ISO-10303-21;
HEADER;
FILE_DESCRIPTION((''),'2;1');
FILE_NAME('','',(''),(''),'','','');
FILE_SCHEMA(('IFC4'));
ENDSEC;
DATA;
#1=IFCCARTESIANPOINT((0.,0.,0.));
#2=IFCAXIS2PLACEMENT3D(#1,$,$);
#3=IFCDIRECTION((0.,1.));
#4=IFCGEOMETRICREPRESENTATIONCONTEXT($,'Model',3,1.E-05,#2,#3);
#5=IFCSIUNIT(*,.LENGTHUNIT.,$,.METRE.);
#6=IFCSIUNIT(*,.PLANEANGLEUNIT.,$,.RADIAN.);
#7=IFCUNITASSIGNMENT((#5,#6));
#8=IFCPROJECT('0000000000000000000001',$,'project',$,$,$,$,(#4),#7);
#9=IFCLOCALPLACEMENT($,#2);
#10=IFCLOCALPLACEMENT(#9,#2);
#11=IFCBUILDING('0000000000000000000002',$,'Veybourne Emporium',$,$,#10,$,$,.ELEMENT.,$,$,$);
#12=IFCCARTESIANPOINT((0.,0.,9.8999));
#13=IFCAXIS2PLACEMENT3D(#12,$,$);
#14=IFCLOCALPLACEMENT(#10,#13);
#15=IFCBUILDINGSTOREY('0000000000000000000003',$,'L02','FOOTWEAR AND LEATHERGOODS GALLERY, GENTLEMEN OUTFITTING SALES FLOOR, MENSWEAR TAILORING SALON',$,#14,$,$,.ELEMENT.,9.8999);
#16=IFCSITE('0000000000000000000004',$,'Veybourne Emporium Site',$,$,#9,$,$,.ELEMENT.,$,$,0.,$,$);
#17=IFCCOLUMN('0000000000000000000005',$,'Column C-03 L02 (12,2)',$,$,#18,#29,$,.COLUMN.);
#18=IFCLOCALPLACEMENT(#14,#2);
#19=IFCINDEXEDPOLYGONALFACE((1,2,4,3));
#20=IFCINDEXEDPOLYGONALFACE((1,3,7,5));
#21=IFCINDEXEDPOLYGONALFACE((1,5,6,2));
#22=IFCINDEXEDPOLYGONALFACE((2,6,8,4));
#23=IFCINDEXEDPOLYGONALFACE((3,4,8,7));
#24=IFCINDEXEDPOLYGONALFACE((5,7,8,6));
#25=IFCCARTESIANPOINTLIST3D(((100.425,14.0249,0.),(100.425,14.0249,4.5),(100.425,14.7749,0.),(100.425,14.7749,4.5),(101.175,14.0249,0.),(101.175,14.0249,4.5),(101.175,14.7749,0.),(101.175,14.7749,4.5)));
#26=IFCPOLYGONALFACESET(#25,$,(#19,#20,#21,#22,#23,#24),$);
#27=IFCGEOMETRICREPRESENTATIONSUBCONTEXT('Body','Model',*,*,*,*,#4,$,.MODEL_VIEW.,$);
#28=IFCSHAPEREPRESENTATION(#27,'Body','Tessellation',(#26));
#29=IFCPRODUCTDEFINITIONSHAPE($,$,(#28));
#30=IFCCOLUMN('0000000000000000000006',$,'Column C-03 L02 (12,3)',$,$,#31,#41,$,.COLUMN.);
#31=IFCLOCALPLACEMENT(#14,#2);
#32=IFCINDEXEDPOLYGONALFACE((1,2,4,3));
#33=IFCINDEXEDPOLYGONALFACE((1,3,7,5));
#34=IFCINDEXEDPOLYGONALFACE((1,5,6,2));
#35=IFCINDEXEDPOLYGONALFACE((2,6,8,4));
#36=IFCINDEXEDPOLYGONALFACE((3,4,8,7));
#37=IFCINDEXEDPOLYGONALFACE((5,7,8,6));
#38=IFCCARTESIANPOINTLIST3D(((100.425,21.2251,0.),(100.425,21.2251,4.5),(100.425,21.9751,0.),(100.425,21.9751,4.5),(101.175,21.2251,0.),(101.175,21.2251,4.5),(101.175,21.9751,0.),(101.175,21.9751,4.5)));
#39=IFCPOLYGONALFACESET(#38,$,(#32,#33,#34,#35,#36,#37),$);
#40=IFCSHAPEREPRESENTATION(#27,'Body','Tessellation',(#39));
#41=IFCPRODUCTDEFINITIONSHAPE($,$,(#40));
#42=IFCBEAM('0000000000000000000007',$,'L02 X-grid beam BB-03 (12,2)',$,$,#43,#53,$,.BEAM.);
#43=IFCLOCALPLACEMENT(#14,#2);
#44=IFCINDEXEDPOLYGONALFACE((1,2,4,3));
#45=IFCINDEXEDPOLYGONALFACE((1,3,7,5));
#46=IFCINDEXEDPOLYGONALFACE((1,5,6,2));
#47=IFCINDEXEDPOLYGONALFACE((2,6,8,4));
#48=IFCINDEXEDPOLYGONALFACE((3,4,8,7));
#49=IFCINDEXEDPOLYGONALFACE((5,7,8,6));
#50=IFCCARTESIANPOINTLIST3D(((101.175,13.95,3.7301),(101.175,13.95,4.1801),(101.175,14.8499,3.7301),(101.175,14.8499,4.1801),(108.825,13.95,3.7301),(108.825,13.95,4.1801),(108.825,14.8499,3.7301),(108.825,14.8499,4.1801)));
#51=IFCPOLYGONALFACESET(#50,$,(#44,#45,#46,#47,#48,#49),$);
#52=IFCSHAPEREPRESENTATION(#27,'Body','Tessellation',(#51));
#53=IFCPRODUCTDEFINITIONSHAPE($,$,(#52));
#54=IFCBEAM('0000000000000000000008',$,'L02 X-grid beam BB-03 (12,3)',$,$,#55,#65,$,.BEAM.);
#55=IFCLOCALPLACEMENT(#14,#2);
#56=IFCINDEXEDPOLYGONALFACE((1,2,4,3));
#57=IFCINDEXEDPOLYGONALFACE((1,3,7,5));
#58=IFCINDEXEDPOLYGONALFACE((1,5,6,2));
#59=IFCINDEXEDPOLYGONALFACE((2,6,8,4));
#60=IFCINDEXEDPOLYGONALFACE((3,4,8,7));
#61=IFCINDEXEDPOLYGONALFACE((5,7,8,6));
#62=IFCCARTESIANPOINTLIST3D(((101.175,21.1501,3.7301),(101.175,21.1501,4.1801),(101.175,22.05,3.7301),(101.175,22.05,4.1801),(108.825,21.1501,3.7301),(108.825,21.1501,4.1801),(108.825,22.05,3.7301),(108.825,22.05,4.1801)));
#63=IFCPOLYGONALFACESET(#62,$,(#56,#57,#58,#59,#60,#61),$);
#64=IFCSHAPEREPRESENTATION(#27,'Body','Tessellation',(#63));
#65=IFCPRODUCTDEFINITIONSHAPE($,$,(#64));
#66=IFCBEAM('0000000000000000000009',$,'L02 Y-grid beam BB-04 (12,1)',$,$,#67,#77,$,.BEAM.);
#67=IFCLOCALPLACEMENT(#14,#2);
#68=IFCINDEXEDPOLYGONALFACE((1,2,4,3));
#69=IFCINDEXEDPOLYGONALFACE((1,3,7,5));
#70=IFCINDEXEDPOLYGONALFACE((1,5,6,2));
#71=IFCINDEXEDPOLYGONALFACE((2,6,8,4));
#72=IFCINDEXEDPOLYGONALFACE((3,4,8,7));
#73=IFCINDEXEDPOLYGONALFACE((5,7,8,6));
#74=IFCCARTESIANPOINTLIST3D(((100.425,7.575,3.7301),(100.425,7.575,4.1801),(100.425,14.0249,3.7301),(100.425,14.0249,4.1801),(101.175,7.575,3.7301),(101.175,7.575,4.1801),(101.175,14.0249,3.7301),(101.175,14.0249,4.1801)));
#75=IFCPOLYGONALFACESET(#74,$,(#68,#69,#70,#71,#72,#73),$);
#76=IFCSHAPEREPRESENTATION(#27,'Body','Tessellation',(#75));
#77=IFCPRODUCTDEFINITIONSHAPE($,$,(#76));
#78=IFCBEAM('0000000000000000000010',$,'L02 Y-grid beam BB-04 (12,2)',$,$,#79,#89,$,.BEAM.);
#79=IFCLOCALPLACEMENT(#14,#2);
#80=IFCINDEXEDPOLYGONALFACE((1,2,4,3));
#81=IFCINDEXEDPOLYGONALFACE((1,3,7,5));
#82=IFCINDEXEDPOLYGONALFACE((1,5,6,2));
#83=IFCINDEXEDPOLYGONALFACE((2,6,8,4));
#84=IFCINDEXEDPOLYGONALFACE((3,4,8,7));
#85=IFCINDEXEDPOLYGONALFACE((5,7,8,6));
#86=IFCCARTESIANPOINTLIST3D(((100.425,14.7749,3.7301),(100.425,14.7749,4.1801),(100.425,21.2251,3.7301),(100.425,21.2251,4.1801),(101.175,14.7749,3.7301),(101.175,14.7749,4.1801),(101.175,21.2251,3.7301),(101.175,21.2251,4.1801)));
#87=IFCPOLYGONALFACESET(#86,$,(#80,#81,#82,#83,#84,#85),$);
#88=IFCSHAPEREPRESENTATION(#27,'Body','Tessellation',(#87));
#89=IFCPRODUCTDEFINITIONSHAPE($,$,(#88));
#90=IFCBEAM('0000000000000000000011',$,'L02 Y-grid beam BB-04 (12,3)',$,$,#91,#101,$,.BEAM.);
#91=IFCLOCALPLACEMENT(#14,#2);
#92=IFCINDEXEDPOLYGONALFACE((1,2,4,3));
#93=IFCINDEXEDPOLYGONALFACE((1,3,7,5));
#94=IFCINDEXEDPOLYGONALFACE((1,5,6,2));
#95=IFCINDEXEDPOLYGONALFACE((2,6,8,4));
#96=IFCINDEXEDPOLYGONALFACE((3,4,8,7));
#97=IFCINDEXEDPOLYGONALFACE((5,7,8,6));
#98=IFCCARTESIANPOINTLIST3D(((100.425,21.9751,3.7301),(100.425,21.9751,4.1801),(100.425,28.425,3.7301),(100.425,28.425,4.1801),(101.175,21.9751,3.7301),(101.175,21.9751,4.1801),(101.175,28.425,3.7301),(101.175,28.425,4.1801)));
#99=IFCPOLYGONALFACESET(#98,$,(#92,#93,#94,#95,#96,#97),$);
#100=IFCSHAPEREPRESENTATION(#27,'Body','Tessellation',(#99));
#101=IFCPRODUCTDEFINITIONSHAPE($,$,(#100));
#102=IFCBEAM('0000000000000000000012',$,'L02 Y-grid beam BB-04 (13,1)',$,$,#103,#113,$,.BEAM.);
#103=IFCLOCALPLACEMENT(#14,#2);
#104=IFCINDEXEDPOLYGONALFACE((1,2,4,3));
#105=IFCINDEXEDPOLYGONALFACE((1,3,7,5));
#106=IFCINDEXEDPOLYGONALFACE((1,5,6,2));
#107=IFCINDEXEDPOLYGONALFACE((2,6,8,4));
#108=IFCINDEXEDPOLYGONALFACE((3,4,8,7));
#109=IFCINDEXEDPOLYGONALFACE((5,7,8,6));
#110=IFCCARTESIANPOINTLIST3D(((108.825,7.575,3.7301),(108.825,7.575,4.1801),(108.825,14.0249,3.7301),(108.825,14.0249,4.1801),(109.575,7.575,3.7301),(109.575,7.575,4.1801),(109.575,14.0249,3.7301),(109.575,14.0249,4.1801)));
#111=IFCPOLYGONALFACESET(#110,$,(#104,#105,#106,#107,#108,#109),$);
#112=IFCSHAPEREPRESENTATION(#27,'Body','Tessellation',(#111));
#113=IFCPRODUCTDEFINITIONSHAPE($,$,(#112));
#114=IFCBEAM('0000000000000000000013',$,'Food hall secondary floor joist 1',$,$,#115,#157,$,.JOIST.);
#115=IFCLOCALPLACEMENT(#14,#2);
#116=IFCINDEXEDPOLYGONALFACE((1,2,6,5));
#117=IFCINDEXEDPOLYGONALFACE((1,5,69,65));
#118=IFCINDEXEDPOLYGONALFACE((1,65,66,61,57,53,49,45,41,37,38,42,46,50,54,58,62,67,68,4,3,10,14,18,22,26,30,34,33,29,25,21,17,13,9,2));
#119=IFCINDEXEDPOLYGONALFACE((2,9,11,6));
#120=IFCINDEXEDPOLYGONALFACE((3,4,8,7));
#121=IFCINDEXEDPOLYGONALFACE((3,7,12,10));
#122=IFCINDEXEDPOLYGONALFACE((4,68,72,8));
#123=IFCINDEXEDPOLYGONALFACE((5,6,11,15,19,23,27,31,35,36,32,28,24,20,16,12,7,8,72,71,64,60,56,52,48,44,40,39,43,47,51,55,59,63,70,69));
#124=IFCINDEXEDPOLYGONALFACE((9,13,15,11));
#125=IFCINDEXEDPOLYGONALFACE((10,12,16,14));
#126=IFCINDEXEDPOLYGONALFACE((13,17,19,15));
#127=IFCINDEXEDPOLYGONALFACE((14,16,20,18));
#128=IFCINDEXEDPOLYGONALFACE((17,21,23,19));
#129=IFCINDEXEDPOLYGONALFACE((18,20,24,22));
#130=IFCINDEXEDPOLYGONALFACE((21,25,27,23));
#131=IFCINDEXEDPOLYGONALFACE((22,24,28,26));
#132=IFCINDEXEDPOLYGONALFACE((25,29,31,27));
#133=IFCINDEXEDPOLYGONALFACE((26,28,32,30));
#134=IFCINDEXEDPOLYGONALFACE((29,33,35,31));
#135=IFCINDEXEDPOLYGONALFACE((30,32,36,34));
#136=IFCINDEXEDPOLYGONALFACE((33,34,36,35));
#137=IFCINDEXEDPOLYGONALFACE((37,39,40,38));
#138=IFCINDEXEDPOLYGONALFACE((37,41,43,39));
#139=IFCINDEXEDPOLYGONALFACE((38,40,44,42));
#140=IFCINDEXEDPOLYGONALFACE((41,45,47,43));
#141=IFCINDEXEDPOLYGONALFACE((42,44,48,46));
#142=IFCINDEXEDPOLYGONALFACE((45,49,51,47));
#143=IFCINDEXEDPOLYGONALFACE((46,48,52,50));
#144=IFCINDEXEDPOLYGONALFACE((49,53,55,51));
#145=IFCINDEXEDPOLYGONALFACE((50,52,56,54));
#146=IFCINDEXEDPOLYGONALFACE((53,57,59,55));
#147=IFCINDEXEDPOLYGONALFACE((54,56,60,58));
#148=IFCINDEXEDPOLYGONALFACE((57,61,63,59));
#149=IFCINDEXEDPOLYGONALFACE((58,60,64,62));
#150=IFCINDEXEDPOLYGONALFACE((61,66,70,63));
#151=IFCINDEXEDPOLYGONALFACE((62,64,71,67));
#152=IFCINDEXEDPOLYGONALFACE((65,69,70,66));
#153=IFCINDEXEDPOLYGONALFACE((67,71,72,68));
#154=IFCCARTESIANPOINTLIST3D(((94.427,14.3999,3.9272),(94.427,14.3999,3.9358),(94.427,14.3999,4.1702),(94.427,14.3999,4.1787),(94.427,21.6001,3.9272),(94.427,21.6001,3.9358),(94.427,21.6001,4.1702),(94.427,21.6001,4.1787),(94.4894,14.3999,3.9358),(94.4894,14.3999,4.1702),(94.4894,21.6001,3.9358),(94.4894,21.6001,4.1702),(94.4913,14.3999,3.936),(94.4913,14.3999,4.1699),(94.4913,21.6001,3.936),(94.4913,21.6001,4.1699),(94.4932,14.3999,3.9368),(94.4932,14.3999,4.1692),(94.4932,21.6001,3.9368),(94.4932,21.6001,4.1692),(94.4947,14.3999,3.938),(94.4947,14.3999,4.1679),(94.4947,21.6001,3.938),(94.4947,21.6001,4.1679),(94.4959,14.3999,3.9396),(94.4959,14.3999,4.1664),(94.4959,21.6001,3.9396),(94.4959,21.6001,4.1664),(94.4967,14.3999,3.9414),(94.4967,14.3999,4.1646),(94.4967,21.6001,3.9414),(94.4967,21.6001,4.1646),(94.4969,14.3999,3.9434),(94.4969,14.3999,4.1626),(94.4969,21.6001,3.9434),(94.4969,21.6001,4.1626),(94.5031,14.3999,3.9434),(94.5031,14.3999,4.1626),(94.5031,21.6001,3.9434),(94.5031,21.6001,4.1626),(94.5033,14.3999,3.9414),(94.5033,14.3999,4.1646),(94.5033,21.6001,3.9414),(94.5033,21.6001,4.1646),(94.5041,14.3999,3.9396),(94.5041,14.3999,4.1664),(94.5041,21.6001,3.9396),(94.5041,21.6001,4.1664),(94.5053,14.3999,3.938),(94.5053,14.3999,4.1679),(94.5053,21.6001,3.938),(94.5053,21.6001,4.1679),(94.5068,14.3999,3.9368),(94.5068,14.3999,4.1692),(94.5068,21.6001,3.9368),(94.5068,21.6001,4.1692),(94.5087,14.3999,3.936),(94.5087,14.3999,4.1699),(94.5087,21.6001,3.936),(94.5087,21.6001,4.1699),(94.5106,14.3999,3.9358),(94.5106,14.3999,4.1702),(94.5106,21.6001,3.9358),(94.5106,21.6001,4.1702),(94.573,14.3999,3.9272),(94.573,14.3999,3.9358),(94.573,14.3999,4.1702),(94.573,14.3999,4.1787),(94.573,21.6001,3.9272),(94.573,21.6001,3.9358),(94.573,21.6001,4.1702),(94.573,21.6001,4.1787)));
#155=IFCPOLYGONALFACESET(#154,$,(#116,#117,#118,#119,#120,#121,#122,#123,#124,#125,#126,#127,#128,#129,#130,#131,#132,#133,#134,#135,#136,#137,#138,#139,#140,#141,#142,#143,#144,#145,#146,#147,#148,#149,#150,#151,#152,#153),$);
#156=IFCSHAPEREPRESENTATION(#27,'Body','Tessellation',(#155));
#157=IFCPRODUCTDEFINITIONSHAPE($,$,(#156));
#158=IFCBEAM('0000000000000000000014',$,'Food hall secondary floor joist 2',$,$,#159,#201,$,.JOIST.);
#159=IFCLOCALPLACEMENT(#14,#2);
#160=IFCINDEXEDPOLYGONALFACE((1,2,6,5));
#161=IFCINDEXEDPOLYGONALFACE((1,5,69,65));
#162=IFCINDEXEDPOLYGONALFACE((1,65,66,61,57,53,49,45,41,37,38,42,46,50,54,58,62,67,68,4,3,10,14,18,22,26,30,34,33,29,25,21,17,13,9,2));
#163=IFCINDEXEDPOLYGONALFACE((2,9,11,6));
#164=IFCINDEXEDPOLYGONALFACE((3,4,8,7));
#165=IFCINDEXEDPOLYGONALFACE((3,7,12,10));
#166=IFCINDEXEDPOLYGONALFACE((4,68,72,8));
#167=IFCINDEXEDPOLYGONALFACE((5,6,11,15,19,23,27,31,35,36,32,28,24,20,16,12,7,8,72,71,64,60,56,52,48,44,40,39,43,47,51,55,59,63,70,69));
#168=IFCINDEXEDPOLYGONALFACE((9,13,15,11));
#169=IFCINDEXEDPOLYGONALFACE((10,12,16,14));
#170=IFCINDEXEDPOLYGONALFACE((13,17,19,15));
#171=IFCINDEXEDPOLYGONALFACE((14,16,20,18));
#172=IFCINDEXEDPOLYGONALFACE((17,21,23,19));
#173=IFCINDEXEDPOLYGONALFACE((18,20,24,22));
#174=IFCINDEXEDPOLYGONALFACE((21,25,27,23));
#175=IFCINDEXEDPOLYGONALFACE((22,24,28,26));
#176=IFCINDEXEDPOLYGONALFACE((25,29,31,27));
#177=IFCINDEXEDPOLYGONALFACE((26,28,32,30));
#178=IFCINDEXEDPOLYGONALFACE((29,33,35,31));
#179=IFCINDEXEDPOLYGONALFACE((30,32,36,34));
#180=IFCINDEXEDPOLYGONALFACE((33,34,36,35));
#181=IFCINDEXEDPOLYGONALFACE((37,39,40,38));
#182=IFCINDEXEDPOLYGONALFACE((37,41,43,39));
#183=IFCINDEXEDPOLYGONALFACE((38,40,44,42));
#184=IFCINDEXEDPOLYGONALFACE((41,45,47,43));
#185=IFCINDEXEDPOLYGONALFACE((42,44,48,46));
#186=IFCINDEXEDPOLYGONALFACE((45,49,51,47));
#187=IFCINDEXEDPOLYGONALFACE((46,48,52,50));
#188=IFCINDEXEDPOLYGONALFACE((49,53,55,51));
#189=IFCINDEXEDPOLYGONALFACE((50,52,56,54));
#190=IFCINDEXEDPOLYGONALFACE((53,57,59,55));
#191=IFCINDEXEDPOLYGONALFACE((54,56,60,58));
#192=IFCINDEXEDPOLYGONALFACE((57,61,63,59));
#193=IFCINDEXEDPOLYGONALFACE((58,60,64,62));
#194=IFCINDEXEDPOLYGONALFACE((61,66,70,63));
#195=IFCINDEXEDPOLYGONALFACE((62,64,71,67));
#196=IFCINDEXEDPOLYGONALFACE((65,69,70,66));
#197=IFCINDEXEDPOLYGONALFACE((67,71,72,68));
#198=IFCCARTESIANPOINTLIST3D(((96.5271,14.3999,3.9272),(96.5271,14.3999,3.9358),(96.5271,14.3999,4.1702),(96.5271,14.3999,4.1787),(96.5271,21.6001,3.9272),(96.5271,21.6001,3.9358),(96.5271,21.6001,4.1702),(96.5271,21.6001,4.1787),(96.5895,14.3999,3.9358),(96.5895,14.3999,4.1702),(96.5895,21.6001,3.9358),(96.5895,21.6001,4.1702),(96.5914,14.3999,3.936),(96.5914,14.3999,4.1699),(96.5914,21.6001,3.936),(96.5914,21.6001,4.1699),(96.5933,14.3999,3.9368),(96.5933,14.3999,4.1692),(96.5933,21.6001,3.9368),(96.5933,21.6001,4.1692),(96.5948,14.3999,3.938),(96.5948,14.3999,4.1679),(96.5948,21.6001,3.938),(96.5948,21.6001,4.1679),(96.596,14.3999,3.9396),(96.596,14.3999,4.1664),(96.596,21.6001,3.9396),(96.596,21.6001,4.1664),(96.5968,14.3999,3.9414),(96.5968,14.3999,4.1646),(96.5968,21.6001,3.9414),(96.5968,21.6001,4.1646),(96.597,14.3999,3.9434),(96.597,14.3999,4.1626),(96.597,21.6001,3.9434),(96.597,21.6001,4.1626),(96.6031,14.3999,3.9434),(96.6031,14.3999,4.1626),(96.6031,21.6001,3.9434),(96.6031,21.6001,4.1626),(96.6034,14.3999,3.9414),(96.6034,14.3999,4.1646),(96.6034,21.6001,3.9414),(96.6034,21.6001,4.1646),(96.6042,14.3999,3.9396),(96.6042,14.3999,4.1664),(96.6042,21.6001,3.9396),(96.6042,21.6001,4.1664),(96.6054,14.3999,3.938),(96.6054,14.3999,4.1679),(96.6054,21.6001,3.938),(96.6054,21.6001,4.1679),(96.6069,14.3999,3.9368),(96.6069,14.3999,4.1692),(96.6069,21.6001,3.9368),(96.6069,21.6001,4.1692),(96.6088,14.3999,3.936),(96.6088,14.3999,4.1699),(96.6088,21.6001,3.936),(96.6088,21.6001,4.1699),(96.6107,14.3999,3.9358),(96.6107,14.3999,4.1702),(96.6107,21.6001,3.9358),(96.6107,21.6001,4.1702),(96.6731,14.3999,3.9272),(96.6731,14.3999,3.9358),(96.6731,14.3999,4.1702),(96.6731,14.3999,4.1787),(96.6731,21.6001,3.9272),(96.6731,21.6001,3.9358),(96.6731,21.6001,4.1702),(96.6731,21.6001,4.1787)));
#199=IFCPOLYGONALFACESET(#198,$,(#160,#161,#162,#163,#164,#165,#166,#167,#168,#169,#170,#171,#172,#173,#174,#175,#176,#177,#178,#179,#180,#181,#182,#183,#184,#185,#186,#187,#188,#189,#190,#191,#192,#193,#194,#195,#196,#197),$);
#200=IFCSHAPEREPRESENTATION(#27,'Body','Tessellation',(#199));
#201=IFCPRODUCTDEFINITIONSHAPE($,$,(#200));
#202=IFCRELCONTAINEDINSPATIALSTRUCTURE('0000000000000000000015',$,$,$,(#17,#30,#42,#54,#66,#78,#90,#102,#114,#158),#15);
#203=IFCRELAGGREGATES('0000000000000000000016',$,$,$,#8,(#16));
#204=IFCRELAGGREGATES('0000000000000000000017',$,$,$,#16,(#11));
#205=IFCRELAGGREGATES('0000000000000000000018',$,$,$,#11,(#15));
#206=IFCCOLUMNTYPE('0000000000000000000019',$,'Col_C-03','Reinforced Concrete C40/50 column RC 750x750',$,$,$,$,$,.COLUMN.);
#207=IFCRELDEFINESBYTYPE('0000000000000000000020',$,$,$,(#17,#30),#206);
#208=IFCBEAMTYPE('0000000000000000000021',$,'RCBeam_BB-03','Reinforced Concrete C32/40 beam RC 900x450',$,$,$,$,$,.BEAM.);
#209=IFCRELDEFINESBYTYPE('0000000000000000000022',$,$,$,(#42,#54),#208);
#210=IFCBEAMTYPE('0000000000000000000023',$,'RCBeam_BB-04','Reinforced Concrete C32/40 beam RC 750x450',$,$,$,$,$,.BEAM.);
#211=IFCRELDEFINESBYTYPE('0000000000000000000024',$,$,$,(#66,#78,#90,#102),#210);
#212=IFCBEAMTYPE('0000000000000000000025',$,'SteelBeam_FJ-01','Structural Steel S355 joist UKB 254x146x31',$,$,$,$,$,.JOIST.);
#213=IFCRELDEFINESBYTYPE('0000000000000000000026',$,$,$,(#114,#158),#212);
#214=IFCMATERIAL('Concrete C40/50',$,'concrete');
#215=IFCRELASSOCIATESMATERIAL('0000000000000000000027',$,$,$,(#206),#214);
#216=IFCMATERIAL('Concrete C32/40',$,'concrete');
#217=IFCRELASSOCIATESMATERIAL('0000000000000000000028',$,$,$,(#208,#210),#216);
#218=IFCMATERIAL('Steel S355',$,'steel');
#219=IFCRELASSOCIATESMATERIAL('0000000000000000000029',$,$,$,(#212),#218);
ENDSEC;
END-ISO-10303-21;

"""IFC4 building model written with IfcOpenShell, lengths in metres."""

from ifc_helpers import new_model, si_unit, direction, frame, origin, origin_2d, place, context, subcontext, project, spatial, rectangle, i_section, extrude, material, material_profile, profile_set, type_object, element, save


model = new_model("IFC4")

# Units and contexts
model_context = context("Model", 3, precision=1e-05, world=origin(), true_north=direction((0.0, 1.0)))
body_context = subcontext(model_context, "Body", "Model", "MODEL_VIEW")
ifc_project = project(units=[si_unit("LENGTHUNIT", "METRE"), si_unit("PLANEANGLEUNIT", "RADIAN")], contexts=[model_context])

# Site, building, storey
site_placement = place(None, origin())
site = spatial("IfcSite", under=ifc_project, at=site_placement, Name="Veybourne Emporium Site", CompositionType="ELEMENT", RefElevation=0.0)
building_placement = place(site_placement, origin())
building = spatial("IfcBuilding", under=site, at=building_placement, Name="Veybourne Emporium", CompositionType="ELEMENT")
storey_placement = place(building_placement, frame((0.0, 0.0, 9.8999)))
storey = spatial("IfcBuildingStorey", under=building, at=storey_placement, Name="L02", Description="FOOTWEAR AND LEATHERGOODS GALLERY, GENTLEMEN OUTFITTING SALES FLOOR, MENSWEAR TAILORING SALON", CompositionType="ELEMENT", Elevation=9.8999)

# Columns
ifc_material_1 = material(Name="Concrete C40/50", Category="concrete")
ifc_material_profile_1 = material_profile(ifc_material_1, rectangle(XDim=0.75, YDim=0.75, at=origin_2d()), Name="RC 750x750")
ifc_profile_set_1 = profile_set([ifc_material_profile_1], Name="Concrete C40/50")
column_type = type_object("IfcColumnType", Name="Col_C-03", Description="Reinforced Concrete C40/50 column RC 750x750", PredefinedType="COLUMN", material=ifc_profile_set_1)
for number, where, z_axis, x_axis, name in (
    (1, (100.8, 14.3999, 0.0), (0.0, 0.0, 1.0), (1.0, 0.0, 0.0), "Column C-03 L02 (12,2)"),
    (2, (100.8, 21.6001, 0.0), (0.0, 0.0, 1.0), (1.0, 0.0, 0.0), "Column C-03 L02 (12,3)"),
):
    element("IfcColumn", number, at=place(storey_placement, frame(where, z_axis=z_axis, x_axis=x_axis)), inside=storey, type_object=column_type, Name=name, PredefinedType="COLUMN", context=body_context, shape_type="SweptSolid", body=[
        extrude(rectangle(XDim=0.75, YDim=0.75, at=origin_2d()), origin(), (0.0, 0.0, 1.0), 4.5),
    ])

# Beams
ifc_material_2 = material(Name="Concrete C32/40", Category="concrete")
ifc_material_profile_2 = material_profile(ifc_material_2, rectangle(XDim=0.8999, YDim=0.45, at=origin_2d()), Name="RC 900x450")
ifc_profile_set_2 = profile_set([ifc_material_profile_2], Name="Concrete C32/40")
beam_type_1 = type_object("IfcBeamType", Name="RCBeam_BB-03", Description="Reinforced Concrete C32/40 beam RC 900x450", PredefinedType="BEAM", material=ifc_profile_set_2)
for number, where, z_axis, x_axis, name in (
    (3, (101.175, 14.3999, 3.9551), (1.0, 0.0, 0.0), (0.0, 1.0, 0.0), "L02 X-grid beam BB-03 (12,2)"),
    (4, (101.175, 21.6001, 3.9551), (1.0, 0.0, 0.0), (0.0, 1.0, 0.0), "L02 X-grid beam BB-03 (12,3)"),
):
    element("IfcBeam", number, at=place(storey_placement, frame(where, z_axis=z_axis, x_axis=x_axis)), inside=storey, type_object=beam_type_1, Name=name, PredefinedType="BEAM", context=body_context, shape_type="SweptSolid", body=[
        extrude(rectangle(XDim=0.8999, YDim=0.45, at=origin_2d()), origin(), (0.0, 0.0, 1.0), 7.6499),
    ])
ifc_material_profile_3 = material_profile(ifc_material_2, rectangle(XDim=0.75, YDim=0.45, at=origin_2d()), Name="RC 750x450")
ifc_profile_set_3 = profile_set([ifc_material_profile_3], Name="Concrete C32/40")
beam_type_2 = type_object("IfcBeamType", Name="RCBeam_BB-04", Description="Reinforced Concrete C32/40 beam RC 750x450", PredefinedType="BEAM", material=ifc_profile_set_3)
beam_1_placement = place(storey_placement, frame((100.8, 7.575, 3.9551), z_axis=(0.0, 1.0, 0.0), x_axis=(-1.0, 0.0, 0.0)))
element("IfcBeam", 5, at=beam_1_placement, inside=storey, type_object=beam_type_2, Name="L02 Y-grid beam BB-04 (12,1)", PredefinedType="BEAM", context=body_context, shape_type="SweptSolid", body=[
    extrude(rectangle(XDim=0.75, YDim=0.45, at=origin_2d()), origin(), (0.0, 0.0, 1.0), 6.45),
])
beam_2_placement = place(storey_placement, frame((100.8, 14.7749, 3.9551), z_axis=(0.0, 1.0, 0.0), x_axis=(-1.0, 0.0, 0.0)))
element("IfcBeam", 6, at=beam_2_placement, inside=storey, type_object=beam_type_2, Name="L02 Y-grid beam BB-04 (12,2)", PredefinedType="BEAM", context=body_context, shape_type="SweptSolid", body=[
    extrude(rectangle(XDim=0.75, YDim=0.45, at=origin_2d()), origin(), (0.0, 0.0, 1.0), 6.4502),
])
for number, where, z_axis, x_axis, name in (
    (7, (100.8, 21.9751, 3.9551), (0.0, 1.0, 0.0), (-1.0, 0.0, 0.0), "L02 Y-grid beam BB-04 (12,3)"),
    (8, (109.2, 7.575, 3.9551), (0.0, 1.0, 0.0), (-1.0, 0.0, 0.0), "L02 Y-grid beam BB-04 (13,1)"),
):
    element("IfcBeam", number, at=place(storey_placement, frame(where, z_axis=z_axis, x_axis=x_axis)), inside=storey, type_object=beam_type_2, Name=name, PredefinedType="BEAM", context=body_context, shape_type="SweptSolid", body=[
        extrude(rectangle(XDim=0.75, YDim=0.45, at=origin_2d()), origin(), (0.0, 0.0, 1.0), 6.45),
    ])
ifc_material_3 = material(Name="Steel S355", Category="steel")
ifc_material_profile_4 = material_profile(ifc_material_3, i_section(OverallWidth=0.146, OverallDepth=0.2515, WebThickness=0.0061, FlangeThickness=0.0085, FilletRadius=0.0076, at=origin_2d()), Name="UKB 254x146x31")
ifc_profile_set_4 = profile_set([ifc_material_profile_4], Name="Steel S355")
beam_type_3 = type_object("IfcBeamType", Name="SteelBeam_FJ-01", Description="Structural Steel S355 joist UKB 254x146x31", PredefinedType="JOIST", material=ifc_profile_set_4)
for number, where, z_axis, x_axis, name in (
    (9, (94.5, 14.3999, 4.053), (0.0, 1.0, 0.0), (-1.0, 0.0, 0.0), "Food hall secondary floor joist 1"),
    (10, (96.6001, 14.3999, 4.053), (0.0, 1.0, 0.0), (-1.0, 0.0, 0.0), "Food hall secondary floor joist 2"),
):
    element("IfcBeam", number, at=place(storey_placement, frame(where, z_axis=z_axis, x_axis=x_axis)), inside=storey, type_object=beam_type_3, Name=name, PredefinedType="JOIST", context=body_context, shape_type="SweptSolid", body=[
        extrude(i_section(OverallWidth=0.146, OverallDepth=0.2515, WebThickness=0.0061, FlangeThickness=0.0085, FilletRadius=0.0076, at=origin_2d()), origin(), (0.0, 0.0, 1.0), 7.2002),
    ])

save(model, "model.ifc")
